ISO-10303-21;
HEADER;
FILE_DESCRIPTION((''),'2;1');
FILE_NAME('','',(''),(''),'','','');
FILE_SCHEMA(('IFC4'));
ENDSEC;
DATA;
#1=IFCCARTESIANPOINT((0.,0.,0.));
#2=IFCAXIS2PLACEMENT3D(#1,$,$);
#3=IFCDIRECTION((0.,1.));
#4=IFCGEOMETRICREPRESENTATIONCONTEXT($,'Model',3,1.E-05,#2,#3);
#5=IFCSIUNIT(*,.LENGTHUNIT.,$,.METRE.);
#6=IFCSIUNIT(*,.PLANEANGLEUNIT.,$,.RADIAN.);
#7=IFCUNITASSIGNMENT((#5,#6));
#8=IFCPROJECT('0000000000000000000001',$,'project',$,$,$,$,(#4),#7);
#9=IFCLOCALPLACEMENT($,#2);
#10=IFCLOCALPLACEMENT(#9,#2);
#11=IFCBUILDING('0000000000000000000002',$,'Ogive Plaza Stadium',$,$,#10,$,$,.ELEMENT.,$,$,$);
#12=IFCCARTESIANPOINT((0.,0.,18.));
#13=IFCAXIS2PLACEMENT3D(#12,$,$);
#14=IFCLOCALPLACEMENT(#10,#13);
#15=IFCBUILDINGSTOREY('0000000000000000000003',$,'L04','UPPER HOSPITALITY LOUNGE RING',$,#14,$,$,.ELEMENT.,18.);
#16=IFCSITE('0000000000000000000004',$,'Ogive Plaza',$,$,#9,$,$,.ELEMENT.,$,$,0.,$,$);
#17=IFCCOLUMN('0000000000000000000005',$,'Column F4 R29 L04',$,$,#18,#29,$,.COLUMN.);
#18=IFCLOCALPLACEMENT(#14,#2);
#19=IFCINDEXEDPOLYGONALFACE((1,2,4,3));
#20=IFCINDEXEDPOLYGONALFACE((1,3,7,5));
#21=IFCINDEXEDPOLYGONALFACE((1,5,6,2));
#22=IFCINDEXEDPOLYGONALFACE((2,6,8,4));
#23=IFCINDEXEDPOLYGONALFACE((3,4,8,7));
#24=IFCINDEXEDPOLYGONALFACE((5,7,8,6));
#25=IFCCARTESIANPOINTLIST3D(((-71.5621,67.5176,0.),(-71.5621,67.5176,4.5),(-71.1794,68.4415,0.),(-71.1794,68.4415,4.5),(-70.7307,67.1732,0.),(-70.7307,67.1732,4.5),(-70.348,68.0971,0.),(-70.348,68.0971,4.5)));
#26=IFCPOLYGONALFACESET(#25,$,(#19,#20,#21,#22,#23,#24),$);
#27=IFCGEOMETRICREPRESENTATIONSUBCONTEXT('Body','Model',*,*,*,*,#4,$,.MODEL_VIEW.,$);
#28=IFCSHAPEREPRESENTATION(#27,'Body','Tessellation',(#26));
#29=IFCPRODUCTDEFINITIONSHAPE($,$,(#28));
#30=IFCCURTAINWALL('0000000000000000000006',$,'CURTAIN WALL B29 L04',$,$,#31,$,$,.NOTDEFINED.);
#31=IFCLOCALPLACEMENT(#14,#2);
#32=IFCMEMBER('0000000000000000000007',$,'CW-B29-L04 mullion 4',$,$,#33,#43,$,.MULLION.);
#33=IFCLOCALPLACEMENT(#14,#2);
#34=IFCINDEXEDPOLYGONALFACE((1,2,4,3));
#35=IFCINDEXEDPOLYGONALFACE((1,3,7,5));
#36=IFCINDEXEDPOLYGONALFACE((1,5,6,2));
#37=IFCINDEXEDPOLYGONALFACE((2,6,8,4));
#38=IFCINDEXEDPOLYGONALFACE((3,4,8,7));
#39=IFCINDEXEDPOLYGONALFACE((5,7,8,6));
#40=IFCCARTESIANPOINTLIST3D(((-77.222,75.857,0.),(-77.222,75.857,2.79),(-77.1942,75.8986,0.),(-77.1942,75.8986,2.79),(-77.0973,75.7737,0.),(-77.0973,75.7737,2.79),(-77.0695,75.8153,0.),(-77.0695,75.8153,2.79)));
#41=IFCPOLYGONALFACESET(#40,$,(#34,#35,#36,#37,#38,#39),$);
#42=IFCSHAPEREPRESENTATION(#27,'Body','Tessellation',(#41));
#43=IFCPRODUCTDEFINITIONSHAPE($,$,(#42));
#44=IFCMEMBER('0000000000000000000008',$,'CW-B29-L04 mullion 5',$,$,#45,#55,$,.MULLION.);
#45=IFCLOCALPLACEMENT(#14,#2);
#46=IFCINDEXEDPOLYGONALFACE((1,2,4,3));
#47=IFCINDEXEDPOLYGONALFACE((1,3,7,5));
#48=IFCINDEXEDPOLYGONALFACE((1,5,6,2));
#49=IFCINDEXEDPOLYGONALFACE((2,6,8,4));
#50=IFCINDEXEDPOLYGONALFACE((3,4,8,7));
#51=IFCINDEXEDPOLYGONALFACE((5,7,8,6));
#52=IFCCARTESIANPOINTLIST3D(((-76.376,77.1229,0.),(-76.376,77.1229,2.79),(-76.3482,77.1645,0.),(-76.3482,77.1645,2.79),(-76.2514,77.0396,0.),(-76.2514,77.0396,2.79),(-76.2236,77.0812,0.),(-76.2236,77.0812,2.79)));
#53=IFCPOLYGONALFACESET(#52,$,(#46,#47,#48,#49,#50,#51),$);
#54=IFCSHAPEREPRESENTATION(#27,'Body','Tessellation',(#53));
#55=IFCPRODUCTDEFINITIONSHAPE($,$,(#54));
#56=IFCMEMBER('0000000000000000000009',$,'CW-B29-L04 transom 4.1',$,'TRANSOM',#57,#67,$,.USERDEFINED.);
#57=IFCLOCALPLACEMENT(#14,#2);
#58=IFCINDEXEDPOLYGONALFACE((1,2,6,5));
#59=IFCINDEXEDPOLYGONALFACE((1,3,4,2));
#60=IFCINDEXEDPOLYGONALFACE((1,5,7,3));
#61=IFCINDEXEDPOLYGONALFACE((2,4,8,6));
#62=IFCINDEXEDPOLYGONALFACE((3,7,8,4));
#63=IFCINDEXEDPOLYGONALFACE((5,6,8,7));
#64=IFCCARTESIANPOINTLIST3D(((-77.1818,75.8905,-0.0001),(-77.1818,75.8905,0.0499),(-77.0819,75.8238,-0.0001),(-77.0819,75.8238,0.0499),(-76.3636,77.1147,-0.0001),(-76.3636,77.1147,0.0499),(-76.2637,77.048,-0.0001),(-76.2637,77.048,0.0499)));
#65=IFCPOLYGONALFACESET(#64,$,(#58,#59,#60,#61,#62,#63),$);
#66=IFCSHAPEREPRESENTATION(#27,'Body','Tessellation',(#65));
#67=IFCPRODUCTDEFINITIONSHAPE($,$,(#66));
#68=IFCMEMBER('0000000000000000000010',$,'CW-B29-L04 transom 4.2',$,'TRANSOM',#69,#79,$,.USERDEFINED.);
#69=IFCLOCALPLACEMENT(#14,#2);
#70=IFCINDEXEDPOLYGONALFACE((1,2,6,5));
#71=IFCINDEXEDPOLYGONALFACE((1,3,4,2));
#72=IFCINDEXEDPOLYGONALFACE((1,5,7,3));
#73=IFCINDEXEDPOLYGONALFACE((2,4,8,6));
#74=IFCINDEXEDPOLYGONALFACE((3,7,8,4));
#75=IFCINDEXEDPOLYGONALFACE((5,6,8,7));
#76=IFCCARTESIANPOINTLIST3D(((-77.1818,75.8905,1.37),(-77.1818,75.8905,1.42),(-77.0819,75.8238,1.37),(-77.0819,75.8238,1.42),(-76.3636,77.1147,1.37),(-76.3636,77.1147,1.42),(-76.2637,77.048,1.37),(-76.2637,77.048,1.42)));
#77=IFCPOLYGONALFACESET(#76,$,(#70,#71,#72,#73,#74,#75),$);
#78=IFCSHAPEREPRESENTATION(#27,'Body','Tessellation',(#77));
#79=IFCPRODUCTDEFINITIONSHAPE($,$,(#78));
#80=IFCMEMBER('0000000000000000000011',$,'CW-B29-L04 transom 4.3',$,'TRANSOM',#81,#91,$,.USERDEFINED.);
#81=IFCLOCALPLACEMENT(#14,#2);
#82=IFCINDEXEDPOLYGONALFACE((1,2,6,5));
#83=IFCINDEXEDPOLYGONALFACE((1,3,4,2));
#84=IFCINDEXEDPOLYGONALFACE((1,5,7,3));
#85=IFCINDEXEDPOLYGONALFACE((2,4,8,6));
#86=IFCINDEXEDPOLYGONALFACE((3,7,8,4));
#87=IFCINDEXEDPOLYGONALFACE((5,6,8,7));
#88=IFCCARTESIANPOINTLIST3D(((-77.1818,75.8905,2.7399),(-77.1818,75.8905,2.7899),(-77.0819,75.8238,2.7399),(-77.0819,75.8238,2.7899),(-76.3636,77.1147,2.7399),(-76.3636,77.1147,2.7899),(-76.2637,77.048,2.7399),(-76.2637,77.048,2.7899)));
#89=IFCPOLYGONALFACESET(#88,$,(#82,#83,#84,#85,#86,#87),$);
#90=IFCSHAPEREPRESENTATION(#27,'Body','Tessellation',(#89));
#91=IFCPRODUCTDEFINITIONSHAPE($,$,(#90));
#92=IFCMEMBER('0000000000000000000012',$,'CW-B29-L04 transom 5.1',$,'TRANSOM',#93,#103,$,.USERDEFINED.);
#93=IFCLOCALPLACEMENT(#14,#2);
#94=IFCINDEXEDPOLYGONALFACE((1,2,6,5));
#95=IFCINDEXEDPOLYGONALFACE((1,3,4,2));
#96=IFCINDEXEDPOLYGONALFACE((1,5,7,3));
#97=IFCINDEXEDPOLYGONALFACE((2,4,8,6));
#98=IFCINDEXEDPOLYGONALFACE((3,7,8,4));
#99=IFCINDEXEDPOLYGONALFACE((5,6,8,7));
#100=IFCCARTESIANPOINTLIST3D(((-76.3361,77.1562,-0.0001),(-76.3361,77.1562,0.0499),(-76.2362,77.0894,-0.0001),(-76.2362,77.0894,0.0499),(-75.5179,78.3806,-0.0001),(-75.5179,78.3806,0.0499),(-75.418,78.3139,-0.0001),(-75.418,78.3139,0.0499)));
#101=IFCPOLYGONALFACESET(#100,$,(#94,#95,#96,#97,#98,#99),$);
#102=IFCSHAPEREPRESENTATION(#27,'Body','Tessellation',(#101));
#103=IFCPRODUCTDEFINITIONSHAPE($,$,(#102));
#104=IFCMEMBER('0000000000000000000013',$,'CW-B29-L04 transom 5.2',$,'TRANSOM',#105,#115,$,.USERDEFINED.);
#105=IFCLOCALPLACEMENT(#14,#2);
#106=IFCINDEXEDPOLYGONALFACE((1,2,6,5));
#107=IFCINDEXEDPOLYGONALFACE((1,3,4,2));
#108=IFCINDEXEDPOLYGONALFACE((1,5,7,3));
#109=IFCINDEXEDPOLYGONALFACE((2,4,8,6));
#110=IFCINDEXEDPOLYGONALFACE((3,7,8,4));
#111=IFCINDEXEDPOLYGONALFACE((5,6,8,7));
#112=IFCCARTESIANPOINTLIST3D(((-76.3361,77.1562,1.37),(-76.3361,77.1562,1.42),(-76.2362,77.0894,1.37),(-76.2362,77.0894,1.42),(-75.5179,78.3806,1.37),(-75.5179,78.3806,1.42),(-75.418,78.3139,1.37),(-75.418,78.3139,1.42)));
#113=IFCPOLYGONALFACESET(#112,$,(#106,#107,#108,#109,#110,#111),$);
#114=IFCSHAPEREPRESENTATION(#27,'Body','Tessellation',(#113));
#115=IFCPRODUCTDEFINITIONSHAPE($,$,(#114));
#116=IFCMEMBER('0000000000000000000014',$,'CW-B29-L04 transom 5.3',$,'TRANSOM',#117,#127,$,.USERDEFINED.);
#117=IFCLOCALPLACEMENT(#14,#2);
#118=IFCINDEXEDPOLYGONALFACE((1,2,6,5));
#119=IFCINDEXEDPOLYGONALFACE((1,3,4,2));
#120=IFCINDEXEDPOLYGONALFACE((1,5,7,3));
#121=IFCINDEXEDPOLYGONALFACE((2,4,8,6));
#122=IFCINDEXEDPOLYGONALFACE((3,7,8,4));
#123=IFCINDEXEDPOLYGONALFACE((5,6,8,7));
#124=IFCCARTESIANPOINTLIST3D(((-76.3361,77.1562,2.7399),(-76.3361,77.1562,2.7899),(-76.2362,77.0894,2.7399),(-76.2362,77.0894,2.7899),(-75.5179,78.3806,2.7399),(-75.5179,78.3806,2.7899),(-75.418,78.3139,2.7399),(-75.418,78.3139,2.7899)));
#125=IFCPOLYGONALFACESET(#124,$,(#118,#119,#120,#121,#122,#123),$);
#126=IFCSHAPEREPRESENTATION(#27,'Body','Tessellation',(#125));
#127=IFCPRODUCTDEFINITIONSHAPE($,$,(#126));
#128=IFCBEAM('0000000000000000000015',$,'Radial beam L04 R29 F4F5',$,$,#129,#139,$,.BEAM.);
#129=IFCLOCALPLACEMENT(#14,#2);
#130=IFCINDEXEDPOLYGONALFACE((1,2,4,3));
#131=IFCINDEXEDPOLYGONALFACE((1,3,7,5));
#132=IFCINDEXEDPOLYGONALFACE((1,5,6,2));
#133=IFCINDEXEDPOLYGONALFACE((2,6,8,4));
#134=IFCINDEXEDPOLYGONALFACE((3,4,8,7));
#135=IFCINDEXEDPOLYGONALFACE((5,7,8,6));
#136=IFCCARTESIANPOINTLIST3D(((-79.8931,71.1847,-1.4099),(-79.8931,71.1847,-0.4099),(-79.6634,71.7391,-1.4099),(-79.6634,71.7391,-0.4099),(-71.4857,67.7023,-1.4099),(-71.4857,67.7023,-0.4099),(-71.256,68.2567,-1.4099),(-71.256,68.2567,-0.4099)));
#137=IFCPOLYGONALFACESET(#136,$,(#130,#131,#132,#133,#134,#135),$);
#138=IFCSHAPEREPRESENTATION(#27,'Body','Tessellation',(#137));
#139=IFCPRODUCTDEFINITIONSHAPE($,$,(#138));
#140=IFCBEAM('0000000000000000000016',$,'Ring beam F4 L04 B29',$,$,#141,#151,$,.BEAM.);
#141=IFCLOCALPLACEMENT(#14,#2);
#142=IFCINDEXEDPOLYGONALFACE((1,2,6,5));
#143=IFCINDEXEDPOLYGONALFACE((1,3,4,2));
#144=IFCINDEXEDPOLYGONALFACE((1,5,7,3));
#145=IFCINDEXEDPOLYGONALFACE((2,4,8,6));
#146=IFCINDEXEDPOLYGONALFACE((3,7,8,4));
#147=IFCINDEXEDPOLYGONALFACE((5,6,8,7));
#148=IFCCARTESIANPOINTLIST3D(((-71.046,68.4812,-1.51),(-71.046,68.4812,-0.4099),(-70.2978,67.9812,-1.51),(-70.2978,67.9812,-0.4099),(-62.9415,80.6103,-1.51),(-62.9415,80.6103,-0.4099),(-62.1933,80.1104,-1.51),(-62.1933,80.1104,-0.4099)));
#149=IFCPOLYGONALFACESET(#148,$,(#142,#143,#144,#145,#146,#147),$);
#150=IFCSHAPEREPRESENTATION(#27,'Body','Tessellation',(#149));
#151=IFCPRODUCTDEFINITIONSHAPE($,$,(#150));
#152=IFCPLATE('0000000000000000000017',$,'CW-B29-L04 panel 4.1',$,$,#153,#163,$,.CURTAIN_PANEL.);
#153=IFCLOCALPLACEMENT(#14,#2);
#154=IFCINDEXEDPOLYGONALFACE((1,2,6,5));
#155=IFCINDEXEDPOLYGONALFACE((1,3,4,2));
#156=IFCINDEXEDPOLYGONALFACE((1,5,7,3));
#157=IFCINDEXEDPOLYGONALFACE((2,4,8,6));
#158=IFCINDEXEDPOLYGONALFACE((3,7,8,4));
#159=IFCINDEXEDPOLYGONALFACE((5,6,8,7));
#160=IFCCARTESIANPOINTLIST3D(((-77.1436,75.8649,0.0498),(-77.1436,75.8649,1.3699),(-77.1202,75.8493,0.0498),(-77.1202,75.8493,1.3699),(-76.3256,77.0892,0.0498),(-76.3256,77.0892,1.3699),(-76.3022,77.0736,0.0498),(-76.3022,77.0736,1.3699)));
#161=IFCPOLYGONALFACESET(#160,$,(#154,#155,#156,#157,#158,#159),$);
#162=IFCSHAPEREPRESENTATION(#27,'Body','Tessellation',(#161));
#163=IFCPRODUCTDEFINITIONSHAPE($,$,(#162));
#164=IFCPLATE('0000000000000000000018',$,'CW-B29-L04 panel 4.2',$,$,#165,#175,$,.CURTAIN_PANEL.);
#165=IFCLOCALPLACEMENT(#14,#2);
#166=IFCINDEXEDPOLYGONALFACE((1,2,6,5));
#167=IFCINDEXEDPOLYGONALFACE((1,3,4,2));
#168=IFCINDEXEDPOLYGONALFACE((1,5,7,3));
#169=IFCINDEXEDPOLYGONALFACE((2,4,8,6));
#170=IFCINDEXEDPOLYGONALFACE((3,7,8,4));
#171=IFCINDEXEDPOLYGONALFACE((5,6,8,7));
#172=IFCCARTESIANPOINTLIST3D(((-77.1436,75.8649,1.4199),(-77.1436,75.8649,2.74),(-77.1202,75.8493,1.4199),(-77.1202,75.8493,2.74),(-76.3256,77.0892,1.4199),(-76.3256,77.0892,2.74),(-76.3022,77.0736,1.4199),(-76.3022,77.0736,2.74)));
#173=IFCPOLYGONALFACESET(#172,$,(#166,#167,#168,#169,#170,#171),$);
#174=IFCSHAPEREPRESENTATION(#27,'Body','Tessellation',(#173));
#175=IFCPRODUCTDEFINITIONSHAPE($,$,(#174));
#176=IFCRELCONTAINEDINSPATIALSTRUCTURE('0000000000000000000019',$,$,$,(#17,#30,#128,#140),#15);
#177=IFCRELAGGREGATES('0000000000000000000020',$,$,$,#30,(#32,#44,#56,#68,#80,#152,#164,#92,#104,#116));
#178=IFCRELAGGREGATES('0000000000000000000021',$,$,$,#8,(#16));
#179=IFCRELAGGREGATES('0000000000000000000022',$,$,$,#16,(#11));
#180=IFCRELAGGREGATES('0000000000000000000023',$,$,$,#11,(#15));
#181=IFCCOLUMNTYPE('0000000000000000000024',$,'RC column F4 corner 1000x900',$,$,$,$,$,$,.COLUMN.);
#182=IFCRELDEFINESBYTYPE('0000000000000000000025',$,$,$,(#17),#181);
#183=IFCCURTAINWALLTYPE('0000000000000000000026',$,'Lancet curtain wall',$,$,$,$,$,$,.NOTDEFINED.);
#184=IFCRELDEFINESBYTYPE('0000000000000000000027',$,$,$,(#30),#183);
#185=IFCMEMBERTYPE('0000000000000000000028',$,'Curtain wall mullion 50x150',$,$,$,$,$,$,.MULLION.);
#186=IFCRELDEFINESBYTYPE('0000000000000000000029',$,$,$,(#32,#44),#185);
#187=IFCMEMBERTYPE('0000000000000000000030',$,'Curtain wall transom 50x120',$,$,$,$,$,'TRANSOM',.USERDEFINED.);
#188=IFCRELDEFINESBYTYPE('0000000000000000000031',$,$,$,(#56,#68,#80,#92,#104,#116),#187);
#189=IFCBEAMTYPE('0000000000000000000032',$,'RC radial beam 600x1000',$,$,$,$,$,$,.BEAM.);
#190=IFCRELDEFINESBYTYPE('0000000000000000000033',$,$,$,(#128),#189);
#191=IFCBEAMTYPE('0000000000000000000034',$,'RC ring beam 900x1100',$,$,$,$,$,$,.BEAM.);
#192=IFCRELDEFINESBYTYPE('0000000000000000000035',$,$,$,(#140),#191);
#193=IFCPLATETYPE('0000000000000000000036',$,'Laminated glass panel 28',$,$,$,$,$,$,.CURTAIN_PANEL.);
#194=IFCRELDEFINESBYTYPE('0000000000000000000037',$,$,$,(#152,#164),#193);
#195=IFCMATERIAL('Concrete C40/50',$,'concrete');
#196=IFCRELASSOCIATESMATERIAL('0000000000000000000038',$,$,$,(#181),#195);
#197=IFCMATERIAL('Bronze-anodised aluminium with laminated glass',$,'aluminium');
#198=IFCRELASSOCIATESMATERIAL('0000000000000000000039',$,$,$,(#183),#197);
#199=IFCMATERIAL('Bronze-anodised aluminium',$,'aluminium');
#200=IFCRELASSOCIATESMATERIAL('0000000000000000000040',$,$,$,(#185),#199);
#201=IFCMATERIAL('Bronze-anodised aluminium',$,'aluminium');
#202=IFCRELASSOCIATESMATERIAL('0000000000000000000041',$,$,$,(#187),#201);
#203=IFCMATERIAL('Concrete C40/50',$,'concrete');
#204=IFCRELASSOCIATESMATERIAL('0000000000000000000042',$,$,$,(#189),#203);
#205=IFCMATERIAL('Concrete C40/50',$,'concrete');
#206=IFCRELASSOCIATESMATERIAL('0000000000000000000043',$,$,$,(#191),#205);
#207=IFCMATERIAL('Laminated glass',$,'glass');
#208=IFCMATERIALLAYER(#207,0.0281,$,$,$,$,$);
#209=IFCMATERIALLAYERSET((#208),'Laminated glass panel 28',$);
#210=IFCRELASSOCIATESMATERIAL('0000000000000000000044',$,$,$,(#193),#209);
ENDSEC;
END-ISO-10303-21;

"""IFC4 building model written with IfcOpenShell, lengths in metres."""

from ifc_helpers import new_model, si_unit, direction, frame, origin, origin_2d, place, context, subcontext, project, spatial, rectangle, extrude, material, layer, layer_set, material_profile, profile_set, type_object, element, aggregate, save


model = new_model("IFC4")

# Units and contexts
model_context = context("Model", 3, precision=1e-05, world=origin(), true_north=direction((0.0, 1.0)))
body_context = subcontext(model_context, "Body", "Model", "MODEL_VIEW")
ifc_project = project(units=[si_unit("LENGTHUNIT", "METRE"), si_unit("PLANEANGLEUNIT", "RADIAN")], contexts=[model_context])

# Site, building, storey
site_placement = place(None, origin())
site = spatial("IfcSite", under=ifc_project, at=site_placement, Name="Ogive Plaza", CompositionType="ELEMENT", RefElevation=0.0)
building_placement = place(site_placement, origin())
building = spatial("IfcBuilding", under=site, at=building_placement, Name="Ogive Plaza Stadium", CompositionType="ELEMENT")
storey_placement = place(building_placement, frame((0.0, 0.0, 18.0)))
storey = spatial("IfcBuildingStorey", under=building, at=storey_placement, Name="L04", Description="UPPER HOSPITALITY LOUNGE RING", CompositionType="ELEMENT", Elevation=18.0)

# Column
ifc_material_1 = material(Name="Concrete C40/50", Category="concrete")
ifc_material_profile_1 = material_profile(ifc_material_1, rectangle(XDim=1.0, YDim=0.8999, at=origin_2d()), Name="RC 1000x900")
ifc_profile_set_1 = profile_set([ifc_material_profile_1], Name="Concrete C40/50")
column_type = type_object("IfcColumnType", Name="RC column F4 corner 1000x900", PredefinedType="COLUMN", material=ifc_profile_set_1)
column_placement = place(storey_placement, frame((-70.9551, 67.8074, 0.0), z_axis=(0.0, 0.0, 1.0), x_axis=(-0.382683, -0.92388, 0.0)))
element("IfcColumn", 1, at=column_placement, inside=storey, type_object=column_type, Name="Column F4 R29 L04", PredefinedType="COLUMN", context=body_context, shape_type="SweptSolid", body=[
    extrude(rectangle(XDim=1.0, YDim=0.8999, at=origin_2d()), origin(), (0.0, 0.0, 1.0), 4.5),
])

# Curtain wall, members
ifc_material_2 = material(Name="Bronze-anodised aluminium with laminated glass", Category="aluminium")
curtain_wall_type = type_object("IfcCurtainWallType", Name="Lancet curtain wall", PredefinedType="NOTDEFINED", material=ifc_material_2)
curtain_wall_placement = place(storey_placement, origin())
curtain_wall = element("IfcCurtainWall", 2, at=curtain_wall_placement, inside=storey, type_object=curtain_wall_type, Name="CURTAIN WALL B29 L04", PredefinedType="NOTDEFINED")
ifc_material_3 = material(Name="Bronze-anodised aluminium", Category="aluminium")
ifc_material_profile_2 = material_profile(ifc_material_3, rectangle(XDim=0.1499, YDim=0.05, at=origin_2d()), Name="AL 150x50")
ifc_profile_set_2 = profile_set([ifc_material_profile_2], Name="Bronze-anodised aluminium")
member_type_1 = type_object("IfcMemberType", Name="Curtain wall mullion 50x150", PredefinedType="MULLION", material=ifc_profile_set_2)
member_1_placement = place(storey_placement, frame((-77.1458, 75.8362, 0.0), z_axis=(0.0, 0.0, 1.0), x_axis=(-0.83147, 0.55557, 0.0)))
member_1 = element("IfcMember", 3, at=member_1_placement, type_object=member_type_1, Name="CW-B29-L04 mullion 4", PredefinedType="MULLION", context=body_context, shape_type="SweptSolid", body=[
    extrude(rectangle(XDim=0.1499, YDim=0.05, at=origin_2d()), origin(), (0.0, 0.0, 1.0), 2.79),
])
member_2_placement = place(storey_placement, frame((-76.2998, 77.1021, 0.0), z_axis=(0.0, 0.0, 1.0), x_axis=(-0.83147, 0.55557, 0.0)))
member_2 = element("IfcMember", 4, at=member_2_placement, type_object=member_type_1, Name="CW-B29-L04 mullion 5", PredefinedType="MULLION", context=body_context, shape_type="SweptSolid", body=[
    extrude(rectangle(XDim=0.1499, YDim=0.05, at=origin_2d()), origin(), (0.0, 0.0, 1.0), 2.79),
])
ifc_material_4 = material(Name="Bronze-anodised aluminium", Category="aluminium")
ifc_material_profile_3 = material_profile(ifc_material_4, rectangle(XDim=0.1201, YDim=0.05, at=origin_2d()), Name="AL 120x50")
ifc_profile_set_3 = profile_set([ifc_material_profile_3], Name="Bronze-anodised aluminium")
member_type_2 = type_object("IfcMemberType", Name="Curtain wall transom 50x120", ElementType="TRANSOM", PredefinedType="USERDEFINED", material=ifc_profile_set_3)
member_3_placement = place(storey_placement, frame((-77.1318, 75.8572, 0.0249), z_axis=(0.555656, 0.831412, 0.0), x_axis=(-0.831412, 0.555656, 0.0)))
member_3 = element("IfcMember", 5, at=member_3_placement, type_object=member_type_2, Name="CW-B29-L04 transom 4.1", ObjectType="TRANSOM", PredefinedType="USERDEFINED", context=body_context, shape_type="SweptSolid", body=[
    extrude(rectangle(XDim=0.1201, YDim=0.05, at=origin_2d()), origin(), (0.0, 0.0, 1.0), 1.4724),
])
member_4_placement = place(storey_placement, frame((-77.1318, 75.8572, 1.395), z_axis=(0.555656, 0.831412, 0.0), x_axis=(-0.831412, 0.555656, 0.0)))
member_4 = element("IfcMember", 6, at=member_4_placement, type_object=member_type_2, Name="CW-B29-L04 transom 4.2", ObjectType="TRANSOM", PredefinedType="USERDEFINED", context=body_context, shape_type="SweptSolid", body=[
    extrude(rectangle(XDim=0.1201, YDim=0.05, at=origin_2d()), origin(), (0.0, 0.0, 1.0), 1.4724),
])
member_5_placement = place(storey_placement, frame((-77.1318, 75.8572, 2.7649), z_axis=(0.555656, 0.831412, 0.0), x_axis=(-0.831412, 0.555656, 0.0)))
member_5 = element("IfcMember", 7, at=member_5_placement, type_object=member_type_2, Name="CW-B29-L04 transom 4.3", ObjectType="TRANSOM", PredefinedType="USERDEFINED", context=body_context, shape_type="SweptSolid", body=[
    extrude(rectangle(XDim=0.1201, YDim=0.05, at=origin_2d()), origin(), (0.0, 0.0, 1.0), 1.4724),
])
member_6_placement = place(storey_placement, frame((-76.2861, 77.1228, 0.0249), z_axis=(0.55558, 0.831463, 0.0), x_axis=(-0.831463, 0.55558, 0.0)))
member_6 = element("IfcMember", 8, at=member_6_placement, type_object=member_type_2, Name="CW-B29-L04 transom 5.1", ObjectType="TRANSOM", PredefinedType="USERDEFINED", context=body_context, shape_type="SweptSolid", body=[
    extrude(rectangle(XDim=0.1201, YDim=0.05, at=origin_2d()), origin(), (0.0, 0.0, 1.0), 1.4727),
])
member_7_placement = place(storey_placement, frame((-76.2861, 77.1228, 1.395), z_axis=(0.55558, 0.831463, 0.0), x_axis=(-0.831463, 0.55558, 0.0)))
member_7 = element("IfcMember", 9, at=member_7_placement, type_object=member_type_2, Name="CW-B29-L04 transom 5.2", ObjectType="TRANSOM", PredefinedType="USERDEFINED", context=body_context, shape_type="SweptSolid", body=[
    extrude(rectangle(XDim=0.1201, YDim=0.05, at=origin_2d()), origin(), (0.0, 0.0, 1.0), 1.4727),
])
member_8_placement = place(storey_placement, frame((-76.2861, 77.1228, 2.7649), z_axis=(0.55558, 0.831463, 0.0), x_axis=(-0.831463, 0.55558, 0.0)))
member_8 = element("IfcMember", 10, at=member_8_placement, type_object=member_type_2, Name="CW-B29-L04 transom 5.3", ObjectType="TRANSOM", PredefinedType="USERDEFINED", context=body_context, shape_type="SweptSolid", body=[
    extrude(rectangle(XDim=0.1201, YDim=0.05, at=origin_2d()), origin(), (0.0, 0.0, 1.0), 1.4727),
])

# Beams
ifc_material_5 = material(Name="Concrete C40/50", Category="concrete")
ifc_material_profile_4 = material_profile(ifc_material_5, rectangle(XDim=0.6001, YDim=1.0, at=origin_2d()), Name="RC 600x1000")
ifc_profile_set_4 = profile_set([ifc_material_profile_4], Name="Concrete C40/50")
beam_type_1 = type_object("IfcBeamType", Name="RC radial beam 600x1000", PredefinedType="BEAM", material=ifc_profile_set_4)
beam_1_placement = place(storey_placement, frame((-71.3708, 67.9795, -0.9099), z_axis=(-0.923882, 0.382677, 0.0), x_axis=(-0.382677, -0.923882, 0.0)))
element("IfcBeam", 11, at=beam_1_placement, inside=storey, type_object=beam_type_1, Name="Radial beam L04 R29 F4F5", PredefinedType="BEAM", context=body_context, shape_type="SweptSolid", body=[
    extrude(rectangle(XDim=0.6001, YDim=1.0, at=origin_2d()), origin(), (0.0, 0.0, 1.0), 9.1001),
])
ifc_material_6 = material(Name="Concrete C40/50", Category="concrete")
ifc_material_profile_5 = material_profile(ifc_material_6, rectangle(XDim=0.8999, YDim=1.1001, at=origin_2d()), Name="RC 900x1100")
ifc_profile_set_5 = profile_set([ifc_material_profile_5], Name="Concrete C40/50")
beam_type_2 = type_object("IfcBeamType", Name="RC ring beam 900x1100", PredefinedType="BEAM", material=ifc_profile_set_5)
beam_2_placement = place(storey_placement, frame((-70.6719, 68.2312, -0.96), z_axis=(0.555573, 0.831468, 0.0), x_axis=(-0.831468, 0.555573, 0.0)))
element("IfcBeam", 12, at=beam_2_placement, inside=storey, type_object=beam_type_2, Name="Ring beam F4 L04 B29", PredefinedType="BEAM", context=body_context, shape_type="SweptSolid", body=[
    extrude(rectangle(XDim=0.8999, YDim=1.1001, at=origin_2d()), origin(), (0.0, 0.0, 1.0), 14.5876),
])

# Plates
ifc_material_7 = material(Name="Laminated glass", Category="glass")
ifc_layer_1 = layer(ifc_material_7, 0.0281)
ifc_layer_set_1 = layer_set([ifc_layer_1], Name="Laminated glass panel 28")
plate_type = type_object("IfcPlateType", Name="Laminated glass panel 28", PredefinedType="CURTAIN_PANEL", material=ifc_layer_set_1)
plate_1_placement = place(storey_placement, frame((-76.7229, 76.4692, 0.0498), z_axis=(0.0, 0.0, 1.0), x_axis=(0.55557, 0.83147, 0.0)))
plate_1 = element("IfcPlate", 13, at=plate_1_placement, type_object=plate_type, Name="CW-B29-L04 panel 4.1", PredefinedType="CURTAIN_PANEL", context=body_context, shape_type="SweptSolid", body=[
    extrude(rectangle(XDim=1.4724, YDim=0.0281, at=origin_2d()), origin(), (0.0, 0.0, 1.0), 1.3201),
])
plate_2_placement = place(storey_placement, frame((-76.7229, 76.4692, 1.4199), z_axis=(0.0, 0.0, 1.0), x_axis=(0.55557, 0.83147, 0.0)))
plate_2 = element("IfcPlate", 14, at=plate_2_placement, type_object=plate_type, Name="CW-B29-L04 panel 4.2", PredefinedType="CURTAIN_PANEL", context=body_context, shape_type="SweptSolid", body=[
    extrude(rectangle(XDim=1.4724, YDim=0.0281, at=origin_2d()), origin(), (0.0, 0.0, 1.0), 1.3201),
])
aggregate(curtain_wall, [member_1, member_2, member_3, member_4, member_5, plate_1, plate_2, member_6, member_7, member_8])

save(model, "model.ifc")
